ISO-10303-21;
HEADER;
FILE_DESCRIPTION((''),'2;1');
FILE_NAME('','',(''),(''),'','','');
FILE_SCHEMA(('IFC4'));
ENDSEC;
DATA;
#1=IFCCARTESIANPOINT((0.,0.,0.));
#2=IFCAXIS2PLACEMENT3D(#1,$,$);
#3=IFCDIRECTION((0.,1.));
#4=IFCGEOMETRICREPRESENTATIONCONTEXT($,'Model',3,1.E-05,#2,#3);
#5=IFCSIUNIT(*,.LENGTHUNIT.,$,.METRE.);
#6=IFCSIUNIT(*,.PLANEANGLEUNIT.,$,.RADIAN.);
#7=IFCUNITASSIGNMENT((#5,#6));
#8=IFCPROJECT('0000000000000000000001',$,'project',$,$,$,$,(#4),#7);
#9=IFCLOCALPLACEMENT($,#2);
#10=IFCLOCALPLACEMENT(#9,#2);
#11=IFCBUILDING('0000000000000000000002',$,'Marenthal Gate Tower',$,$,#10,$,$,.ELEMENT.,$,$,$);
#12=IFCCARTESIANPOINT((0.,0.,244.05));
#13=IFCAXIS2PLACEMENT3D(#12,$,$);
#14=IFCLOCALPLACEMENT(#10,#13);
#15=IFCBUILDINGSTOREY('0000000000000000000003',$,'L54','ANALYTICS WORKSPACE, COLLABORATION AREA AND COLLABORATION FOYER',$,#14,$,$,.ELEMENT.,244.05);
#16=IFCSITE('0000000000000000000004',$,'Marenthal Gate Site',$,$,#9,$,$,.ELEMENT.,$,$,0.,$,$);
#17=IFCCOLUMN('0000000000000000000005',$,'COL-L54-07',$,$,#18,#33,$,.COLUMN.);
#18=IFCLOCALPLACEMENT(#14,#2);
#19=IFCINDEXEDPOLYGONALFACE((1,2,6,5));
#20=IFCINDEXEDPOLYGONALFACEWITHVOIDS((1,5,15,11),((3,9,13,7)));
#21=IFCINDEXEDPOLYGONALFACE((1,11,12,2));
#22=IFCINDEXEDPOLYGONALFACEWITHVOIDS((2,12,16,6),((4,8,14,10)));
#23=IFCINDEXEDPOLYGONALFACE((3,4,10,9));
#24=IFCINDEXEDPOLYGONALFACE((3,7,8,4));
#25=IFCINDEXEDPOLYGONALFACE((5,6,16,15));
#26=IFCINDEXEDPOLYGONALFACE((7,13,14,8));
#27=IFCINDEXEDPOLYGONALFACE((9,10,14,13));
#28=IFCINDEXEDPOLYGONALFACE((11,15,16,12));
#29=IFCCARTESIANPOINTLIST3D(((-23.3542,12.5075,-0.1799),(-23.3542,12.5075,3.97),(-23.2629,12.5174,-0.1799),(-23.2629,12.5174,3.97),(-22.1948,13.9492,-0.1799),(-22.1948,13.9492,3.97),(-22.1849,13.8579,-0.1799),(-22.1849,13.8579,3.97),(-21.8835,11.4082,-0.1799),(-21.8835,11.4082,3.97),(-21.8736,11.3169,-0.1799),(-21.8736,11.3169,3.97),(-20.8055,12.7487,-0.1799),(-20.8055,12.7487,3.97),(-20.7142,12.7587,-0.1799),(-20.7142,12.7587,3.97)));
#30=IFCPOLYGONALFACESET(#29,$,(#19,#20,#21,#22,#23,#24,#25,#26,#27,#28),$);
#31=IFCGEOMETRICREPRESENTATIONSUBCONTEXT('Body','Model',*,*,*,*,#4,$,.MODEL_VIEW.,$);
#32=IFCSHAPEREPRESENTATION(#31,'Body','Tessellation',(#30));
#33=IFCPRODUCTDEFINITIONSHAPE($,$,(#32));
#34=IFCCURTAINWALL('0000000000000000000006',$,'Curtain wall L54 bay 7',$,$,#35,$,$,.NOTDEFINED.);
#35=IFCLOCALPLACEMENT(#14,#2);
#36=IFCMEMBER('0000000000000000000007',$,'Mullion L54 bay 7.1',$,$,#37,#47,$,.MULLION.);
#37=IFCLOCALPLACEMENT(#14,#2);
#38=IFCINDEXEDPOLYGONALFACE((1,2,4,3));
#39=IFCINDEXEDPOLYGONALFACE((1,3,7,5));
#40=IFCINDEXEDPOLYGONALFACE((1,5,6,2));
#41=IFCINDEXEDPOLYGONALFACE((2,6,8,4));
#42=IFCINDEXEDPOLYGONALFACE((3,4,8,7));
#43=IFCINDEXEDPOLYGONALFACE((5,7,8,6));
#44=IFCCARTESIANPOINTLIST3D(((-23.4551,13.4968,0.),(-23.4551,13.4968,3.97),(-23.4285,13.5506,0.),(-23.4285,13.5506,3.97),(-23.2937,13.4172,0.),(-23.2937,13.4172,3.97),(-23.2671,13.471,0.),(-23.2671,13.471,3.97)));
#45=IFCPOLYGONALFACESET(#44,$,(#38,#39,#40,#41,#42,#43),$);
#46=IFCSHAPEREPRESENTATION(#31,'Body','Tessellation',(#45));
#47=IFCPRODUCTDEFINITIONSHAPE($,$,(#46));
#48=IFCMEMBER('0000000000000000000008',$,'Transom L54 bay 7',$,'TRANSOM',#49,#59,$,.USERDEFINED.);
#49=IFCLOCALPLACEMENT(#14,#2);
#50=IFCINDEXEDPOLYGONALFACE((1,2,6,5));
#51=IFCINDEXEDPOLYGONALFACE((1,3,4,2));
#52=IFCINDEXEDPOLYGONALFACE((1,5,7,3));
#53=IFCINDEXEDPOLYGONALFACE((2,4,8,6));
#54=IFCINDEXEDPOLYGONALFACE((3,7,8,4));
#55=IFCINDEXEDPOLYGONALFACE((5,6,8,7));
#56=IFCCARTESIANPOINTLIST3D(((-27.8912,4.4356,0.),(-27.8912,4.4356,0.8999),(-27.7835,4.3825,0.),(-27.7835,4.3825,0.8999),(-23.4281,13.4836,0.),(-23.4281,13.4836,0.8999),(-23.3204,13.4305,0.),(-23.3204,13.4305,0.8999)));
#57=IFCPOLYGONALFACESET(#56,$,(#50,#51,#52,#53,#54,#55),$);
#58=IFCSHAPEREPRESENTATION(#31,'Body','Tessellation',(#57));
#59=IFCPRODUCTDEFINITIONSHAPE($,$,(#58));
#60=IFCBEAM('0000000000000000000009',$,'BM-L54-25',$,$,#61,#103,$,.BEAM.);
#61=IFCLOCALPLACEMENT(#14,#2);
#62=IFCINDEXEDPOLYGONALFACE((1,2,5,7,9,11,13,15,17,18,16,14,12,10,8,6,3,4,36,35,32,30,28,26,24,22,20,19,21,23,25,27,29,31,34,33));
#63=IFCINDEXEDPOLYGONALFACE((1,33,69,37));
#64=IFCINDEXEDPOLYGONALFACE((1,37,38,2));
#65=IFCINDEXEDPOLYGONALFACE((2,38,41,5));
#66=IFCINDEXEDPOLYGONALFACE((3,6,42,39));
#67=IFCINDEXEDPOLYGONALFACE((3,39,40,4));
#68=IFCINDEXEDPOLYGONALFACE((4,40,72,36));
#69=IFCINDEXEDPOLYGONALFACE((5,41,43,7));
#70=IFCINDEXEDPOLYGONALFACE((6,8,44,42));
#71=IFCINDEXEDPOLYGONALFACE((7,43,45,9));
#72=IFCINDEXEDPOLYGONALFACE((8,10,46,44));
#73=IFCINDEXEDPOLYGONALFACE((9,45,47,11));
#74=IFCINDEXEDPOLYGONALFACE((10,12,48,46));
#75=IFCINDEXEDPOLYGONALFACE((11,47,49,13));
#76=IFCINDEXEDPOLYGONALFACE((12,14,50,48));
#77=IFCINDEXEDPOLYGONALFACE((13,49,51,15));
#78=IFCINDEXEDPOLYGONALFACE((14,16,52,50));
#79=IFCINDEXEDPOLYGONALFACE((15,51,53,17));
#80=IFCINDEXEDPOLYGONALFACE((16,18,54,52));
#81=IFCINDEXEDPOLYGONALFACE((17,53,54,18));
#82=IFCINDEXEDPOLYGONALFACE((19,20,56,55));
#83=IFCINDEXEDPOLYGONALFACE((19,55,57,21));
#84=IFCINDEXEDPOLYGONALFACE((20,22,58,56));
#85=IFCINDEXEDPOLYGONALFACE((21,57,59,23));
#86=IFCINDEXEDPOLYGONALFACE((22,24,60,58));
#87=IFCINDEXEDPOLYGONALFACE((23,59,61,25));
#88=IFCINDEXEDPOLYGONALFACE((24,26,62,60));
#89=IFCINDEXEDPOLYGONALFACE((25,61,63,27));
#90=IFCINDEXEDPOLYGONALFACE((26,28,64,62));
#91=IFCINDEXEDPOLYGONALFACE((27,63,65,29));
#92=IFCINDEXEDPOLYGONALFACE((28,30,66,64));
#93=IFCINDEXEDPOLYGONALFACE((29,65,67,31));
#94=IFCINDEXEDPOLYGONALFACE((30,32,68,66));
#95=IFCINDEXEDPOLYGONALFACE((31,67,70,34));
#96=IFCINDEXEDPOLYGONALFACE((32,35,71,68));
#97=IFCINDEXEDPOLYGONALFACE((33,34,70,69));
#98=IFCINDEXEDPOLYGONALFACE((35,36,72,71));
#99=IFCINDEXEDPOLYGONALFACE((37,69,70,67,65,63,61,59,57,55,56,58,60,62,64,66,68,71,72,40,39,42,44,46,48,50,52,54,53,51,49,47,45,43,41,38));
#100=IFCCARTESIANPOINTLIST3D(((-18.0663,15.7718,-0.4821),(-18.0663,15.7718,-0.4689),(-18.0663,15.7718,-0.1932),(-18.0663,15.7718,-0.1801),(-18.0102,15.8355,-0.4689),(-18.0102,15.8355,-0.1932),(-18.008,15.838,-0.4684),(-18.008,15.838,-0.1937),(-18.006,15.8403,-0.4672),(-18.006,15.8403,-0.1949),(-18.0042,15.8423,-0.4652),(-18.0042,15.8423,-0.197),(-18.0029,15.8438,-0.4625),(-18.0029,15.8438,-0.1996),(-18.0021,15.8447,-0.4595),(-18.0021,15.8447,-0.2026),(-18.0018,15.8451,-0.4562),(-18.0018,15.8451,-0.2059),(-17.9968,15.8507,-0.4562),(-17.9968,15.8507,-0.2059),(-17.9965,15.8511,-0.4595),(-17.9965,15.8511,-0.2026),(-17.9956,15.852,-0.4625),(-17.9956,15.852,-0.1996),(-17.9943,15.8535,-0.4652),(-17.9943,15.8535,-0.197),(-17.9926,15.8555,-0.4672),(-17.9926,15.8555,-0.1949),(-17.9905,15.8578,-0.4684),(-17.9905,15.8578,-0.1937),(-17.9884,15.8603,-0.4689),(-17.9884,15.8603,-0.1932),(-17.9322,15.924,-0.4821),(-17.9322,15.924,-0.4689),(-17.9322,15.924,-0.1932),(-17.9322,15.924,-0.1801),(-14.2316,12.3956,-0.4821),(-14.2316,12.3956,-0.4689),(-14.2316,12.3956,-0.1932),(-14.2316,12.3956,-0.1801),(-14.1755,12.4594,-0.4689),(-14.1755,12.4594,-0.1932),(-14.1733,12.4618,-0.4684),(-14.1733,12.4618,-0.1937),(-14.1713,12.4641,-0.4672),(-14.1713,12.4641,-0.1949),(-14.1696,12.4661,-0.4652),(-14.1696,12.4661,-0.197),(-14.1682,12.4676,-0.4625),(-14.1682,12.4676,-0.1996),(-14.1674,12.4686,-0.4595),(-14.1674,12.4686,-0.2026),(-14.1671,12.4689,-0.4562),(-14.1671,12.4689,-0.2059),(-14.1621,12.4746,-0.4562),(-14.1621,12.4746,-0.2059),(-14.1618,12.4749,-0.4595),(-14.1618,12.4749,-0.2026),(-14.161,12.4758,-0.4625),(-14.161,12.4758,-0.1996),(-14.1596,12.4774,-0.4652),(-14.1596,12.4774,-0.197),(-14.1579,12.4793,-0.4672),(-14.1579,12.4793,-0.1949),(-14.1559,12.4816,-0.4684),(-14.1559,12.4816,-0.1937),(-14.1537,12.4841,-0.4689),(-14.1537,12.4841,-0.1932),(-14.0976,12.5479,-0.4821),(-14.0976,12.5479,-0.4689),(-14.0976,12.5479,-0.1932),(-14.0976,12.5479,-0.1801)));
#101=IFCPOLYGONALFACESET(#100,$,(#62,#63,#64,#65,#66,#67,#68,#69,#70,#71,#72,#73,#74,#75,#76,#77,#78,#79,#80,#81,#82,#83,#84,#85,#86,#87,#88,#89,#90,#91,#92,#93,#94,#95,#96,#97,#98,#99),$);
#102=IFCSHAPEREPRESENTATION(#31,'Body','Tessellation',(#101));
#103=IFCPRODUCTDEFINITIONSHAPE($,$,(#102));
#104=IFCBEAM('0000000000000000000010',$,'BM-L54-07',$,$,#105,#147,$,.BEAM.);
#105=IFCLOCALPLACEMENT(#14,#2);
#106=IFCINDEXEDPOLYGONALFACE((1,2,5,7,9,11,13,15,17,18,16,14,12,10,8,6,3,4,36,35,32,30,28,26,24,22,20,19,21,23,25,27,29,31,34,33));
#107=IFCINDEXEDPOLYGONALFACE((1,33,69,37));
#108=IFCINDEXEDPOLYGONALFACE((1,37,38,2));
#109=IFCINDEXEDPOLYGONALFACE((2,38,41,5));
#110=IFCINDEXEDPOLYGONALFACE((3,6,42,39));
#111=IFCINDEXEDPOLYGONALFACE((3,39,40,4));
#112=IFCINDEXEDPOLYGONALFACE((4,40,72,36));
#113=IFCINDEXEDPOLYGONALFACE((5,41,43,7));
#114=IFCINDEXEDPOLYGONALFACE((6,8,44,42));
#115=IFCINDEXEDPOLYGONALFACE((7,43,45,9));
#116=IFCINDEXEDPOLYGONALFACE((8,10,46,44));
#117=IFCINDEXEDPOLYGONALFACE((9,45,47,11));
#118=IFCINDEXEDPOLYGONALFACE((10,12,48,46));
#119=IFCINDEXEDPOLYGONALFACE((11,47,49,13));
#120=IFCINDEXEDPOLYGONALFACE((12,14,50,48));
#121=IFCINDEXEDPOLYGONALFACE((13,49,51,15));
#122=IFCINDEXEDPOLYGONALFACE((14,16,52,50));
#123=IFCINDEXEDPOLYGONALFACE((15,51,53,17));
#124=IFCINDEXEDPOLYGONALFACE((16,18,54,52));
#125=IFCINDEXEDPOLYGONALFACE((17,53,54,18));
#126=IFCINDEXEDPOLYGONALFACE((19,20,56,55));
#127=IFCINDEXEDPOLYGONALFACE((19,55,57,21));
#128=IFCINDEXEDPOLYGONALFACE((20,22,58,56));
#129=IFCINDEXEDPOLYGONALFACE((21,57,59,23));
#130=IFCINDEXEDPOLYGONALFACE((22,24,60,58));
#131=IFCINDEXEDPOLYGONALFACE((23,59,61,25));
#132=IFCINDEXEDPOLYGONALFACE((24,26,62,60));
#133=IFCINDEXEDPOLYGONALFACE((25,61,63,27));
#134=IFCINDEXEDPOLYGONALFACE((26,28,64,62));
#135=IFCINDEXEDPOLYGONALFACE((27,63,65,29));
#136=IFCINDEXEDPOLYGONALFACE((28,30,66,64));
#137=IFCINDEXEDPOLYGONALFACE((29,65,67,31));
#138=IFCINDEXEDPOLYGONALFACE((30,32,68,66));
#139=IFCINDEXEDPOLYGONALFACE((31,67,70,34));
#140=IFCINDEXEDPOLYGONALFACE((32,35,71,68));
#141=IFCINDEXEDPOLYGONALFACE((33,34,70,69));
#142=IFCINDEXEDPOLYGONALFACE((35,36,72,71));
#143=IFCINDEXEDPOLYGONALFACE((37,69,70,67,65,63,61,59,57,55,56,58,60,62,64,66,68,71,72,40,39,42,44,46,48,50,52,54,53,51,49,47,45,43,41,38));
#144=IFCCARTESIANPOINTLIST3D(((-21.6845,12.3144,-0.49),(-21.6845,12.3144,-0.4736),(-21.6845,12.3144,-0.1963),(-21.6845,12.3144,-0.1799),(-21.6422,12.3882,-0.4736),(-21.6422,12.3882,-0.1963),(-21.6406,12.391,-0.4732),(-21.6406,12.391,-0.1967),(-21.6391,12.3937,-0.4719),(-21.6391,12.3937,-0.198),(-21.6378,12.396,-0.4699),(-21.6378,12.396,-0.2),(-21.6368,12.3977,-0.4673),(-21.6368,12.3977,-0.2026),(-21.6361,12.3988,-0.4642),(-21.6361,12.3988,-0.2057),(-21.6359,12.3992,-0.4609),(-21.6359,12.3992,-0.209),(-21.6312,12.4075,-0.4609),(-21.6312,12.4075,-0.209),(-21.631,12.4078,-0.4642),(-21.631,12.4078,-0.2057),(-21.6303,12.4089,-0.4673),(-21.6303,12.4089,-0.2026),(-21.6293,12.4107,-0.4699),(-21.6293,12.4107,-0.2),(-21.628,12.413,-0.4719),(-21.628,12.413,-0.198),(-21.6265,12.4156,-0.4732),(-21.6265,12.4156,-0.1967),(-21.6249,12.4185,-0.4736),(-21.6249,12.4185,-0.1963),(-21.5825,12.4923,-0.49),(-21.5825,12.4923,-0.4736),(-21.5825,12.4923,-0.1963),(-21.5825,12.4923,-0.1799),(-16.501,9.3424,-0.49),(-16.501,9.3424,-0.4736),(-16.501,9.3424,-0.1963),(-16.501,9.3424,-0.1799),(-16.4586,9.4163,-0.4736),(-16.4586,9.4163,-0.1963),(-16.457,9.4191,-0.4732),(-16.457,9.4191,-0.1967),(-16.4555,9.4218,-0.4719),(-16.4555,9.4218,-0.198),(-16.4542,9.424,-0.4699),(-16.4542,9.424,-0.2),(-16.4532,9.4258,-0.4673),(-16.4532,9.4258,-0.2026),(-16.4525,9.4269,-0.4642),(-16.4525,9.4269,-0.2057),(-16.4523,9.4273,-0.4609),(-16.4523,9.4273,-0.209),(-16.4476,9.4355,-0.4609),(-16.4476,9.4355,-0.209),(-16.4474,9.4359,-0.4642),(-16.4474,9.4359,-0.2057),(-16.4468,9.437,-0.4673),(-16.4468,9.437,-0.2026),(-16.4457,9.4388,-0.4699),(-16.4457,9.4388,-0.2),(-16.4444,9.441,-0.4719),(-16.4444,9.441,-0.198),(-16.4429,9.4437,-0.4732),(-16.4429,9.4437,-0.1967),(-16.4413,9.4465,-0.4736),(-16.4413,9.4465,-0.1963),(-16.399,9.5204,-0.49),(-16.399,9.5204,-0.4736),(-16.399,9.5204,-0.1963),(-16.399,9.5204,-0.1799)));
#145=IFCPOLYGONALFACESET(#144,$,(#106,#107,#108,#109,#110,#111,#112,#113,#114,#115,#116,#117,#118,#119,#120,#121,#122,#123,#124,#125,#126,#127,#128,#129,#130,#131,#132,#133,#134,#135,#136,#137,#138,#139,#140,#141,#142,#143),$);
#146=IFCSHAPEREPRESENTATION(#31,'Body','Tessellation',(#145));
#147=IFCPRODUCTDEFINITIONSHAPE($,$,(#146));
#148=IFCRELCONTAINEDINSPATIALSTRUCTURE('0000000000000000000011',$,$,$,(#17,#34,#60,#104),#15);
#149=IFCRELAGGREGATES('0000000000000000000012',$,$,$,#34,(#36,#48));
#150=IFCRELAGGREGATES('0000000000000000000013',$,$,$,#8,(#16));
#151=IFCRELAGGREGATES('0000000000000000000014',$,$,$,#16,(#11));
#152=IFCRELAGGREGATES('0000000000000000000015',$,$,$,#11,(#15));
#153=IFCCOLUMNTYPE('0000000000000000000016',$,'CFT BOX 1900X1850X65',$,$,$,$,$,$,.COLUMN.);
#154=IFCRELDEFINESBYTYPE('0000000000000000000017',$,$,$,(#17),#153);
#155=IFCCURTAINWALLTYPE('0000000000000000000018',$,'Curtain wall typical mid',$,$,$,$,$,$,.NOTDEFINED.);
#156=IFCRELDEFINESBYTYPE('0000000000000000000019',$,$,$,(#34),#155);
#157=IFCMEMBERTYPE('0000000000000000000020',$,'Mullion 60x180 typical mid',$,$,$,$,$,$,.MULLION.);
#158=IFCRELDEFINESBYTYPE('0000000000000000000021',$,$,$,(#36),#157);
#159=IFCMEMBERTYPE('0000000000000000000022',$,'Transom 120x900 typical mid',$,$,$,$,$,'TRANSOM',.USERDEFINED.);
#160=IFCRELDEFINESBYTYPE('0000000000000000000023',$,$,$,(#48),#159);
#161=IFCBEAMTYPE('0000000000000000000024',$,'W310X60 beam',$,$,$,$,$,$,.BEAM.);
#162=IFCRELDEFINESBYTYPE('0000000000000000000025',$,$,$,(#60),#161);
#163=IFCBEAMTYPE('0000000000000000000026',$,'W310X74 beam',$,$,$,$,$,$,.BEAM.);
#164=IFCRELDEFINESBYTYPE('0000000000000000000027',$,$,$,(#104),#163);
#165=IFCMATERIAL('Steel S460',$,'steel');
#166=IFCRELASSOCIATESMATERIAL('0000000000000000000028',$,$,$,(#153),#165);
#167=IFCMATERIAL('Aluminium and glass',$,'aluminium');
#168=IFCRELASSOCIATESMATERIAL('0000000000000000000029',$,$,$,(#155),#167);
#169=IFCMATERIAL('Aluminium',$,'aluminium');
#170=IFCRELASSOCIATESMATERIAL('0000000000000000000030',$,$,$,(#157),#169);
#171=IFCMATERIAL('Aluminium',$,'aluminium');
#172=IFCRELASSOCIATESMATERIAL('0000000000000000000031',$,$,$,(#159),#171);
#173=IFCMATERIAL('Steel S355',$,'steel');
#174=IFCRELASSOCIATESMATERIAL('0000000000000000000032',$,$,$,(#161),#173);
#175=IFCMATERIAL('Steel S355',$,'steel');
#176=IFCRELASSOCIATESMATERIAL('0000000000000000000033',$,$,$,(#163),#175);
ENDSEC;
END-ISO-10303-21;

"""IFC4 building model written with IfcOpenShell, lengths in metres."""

from ifc_helpers import new_model, si_unit, direction, frame, origin, origin_2d, place, context, subcontext, project, spatial, rectangle, hollow_rectangle, i_section, extrude, material, material_profile, profile_set, type_object, element, aggregate, save


model = new_model("IFC4")

# Units and contexts
model_context = context("Model", 3, precision=1e-05, world=origin(), true_north=direction((0.0, 1.0)))
body_context = subcontext(model_context, "Body", "Model", "MODEL_VIEW")
ifc_project = project(units=[si_unit("LENGTHUNIT", "METRE"), si_unit("PLANEANGLEUNIT", "RADIAN")], contexts=[model_context])

# Site, building, storey
site_placement = place(None, origin())
site = spatial("IfcSite", under=ifc_project, at=site_placement, Name="Marenthal Gate Site", CompositionType="ELEMENT", RefElevation=0.0)
building_placement = place(site_placement, origin())
building = spatial("IfcBuilding", under=site, at=building_placement, Name="Marenthal Gate Tower", CompositionType="ELEMENT")
storey_placement = place(building_placement, frame((0.0, 0.0, 244.05)))
storey = spatial("IfcBuildingStorey", under=building, at=storey_placement, Name="L54", Description="ANALYTICS WORKSPACE, COLLABORATION AREA AND COLLABORATION FOYER", CompositionType="ELEMENT", Elevation=244.05)

# Column
ifc_material_1 = material(Name="Steel S460", Category="steel")
ifc_material_profile_1 = material_profile(ifc_material_1, hollow_rectangle(XDim=1.8501, YDim=1.8999, WallThickness=0.0649, at=origin_2d()), Name="CFT BOX 1900X1850X65")
ifc_material_2 = material(Name="Concrete 70 MPa", Category="concrete")
ifc_material_profile_2 = material_profile(ifc_material_2, rectangle(XDim=1.72, YDim=1.77, at=origin_2d()), Name="CFT BOX 1900X1850X65 INFILL")
ifc_profile_set_1 = profile_set([ifc_material_profile_1, ifc_material_profile_2], Name="Steel S460 shell, Concrete 70 MPa infill")
column_type = type_object("IfcColumnType", Name="CFT BOX 1900X1850X65", PredefinedType="COLUMN", material=ifc_profile_set_1)
column_placement = place(storey_placement, frame((-22.0342, 12.6331, -0.1799), z_axis=(0.0, 0.0, 1.0), x_axis=(0.626651, 0.7793, 0.0)))
element("IfcColumn", 1, at=column_placement, inside=storey, type_object=column_type, Name="COL-L54-07", PredefinedType="COLUMN", context=body_context, shape_type="SweptSolid", body=[
    extrude(hollow_rectangle(XDim=1.8501, YDim=1.8999, WallThickness=0.0649, at=origin_2d()), origin(), (0.0, 0.0, 1.0), 4.1499),
])

# Curtain wall, members
ifc_material_3 = material(Name="Aluminium and glass", Category="aluminium")
curtain_wall_type = type_object("IfcCurtainWallType", Name="Curtain wall typical mid", PredefinedType="NOTDEFINED", material=ifc_material_3)
curtain_wall_placement = place(storey_placement, origin())
curtain_wall = element("IfcCurtainWall", 2, at=curtain_wall_placement, inside=storey, type_object=curtain_wall_type, Name="Curtain wall L54 bay 7", PredefinedType="NOTDEFINED")
ifc_material_4 = material(Name="Aluminium", Category="aluminium")
ifc_material_profile_3 = material_profile(ifc_material_4, rectangle(XDim=0.1799, YDim=0.0601, at=origin_2d()), Name="60x180 aluminium mullion")
ifc_profile_set_2 = profile_set([ifc_material_profile_3], Name="Aluminium")
member_type_1 = type_object("IfcMemberType", Name="Mullion 60x180 typical mid", PredefinedType="MULLION", material=ifc_profile_set_2)
member_1_placement = place(storey_placement, frame((-23.3611, 13.4839, 0.0), z_axis=(0.0, 0.0, 1.0), x_axis=(0.896835, -0.442364, 0.0)))
member_1 = element("IfcMember", 3, at=member_1_placement, type_object=member_type_1, Name="Mullion L54 bay 7.1", PredefinedType="MULLION", context=body_context, shape_type="SweptSolid", body=[
    extrude(rectangle(XDim=0.1799, YDim=0.0601, at=origin_2d()), origin(), (0.0, 0.0, 1.0), 3.97),
])
ifc_material_5 = material(Name="Aluminium", Category="aluminium")
ifc_material_profile_4 = material_profile(ifc_material_5, rectangle(XDim=0.1201, YDim=0.8999, at=origin_2d()), Name="120x900 aluminium transom")
ifc_profile_set_3 = profile_set([ifc_material_profile_4], Name="Aluminium")
member_type_2 = type_object("IfcMemberType", Name="Transom 120x900 typical mid", ElementType="TRANSOM", PredefinedType="USERDEFINED", material=ifc_profile_set_3)
member_2_placement = place(storey_placement, frame((-23.3743, 13.457, 0.45), z_axis=(-0.442377, -0.896829, 0.0), x_axis=(0.896829, -0.442377, 0.0)))
member_2 = element("IfcMember", 4, at=member_2_placement, type_object=member_type_2, Name="Transom L54 bay 7", ObjectType="TRANSOM", PredefinedType="USERDEFINED", context=body_context, shape_type="SweptSolid", body=[
    extrude(rectangle(XDim=0.1201, YDim=0.8999, at=origin_2d()), origin(), (0.0, 0.0, 1.0), 10.0889),
])

# Beams
ifc_material_6 = material(Name="Steel S355", Category="steel")
ifc_material_profile_5 = material_profile(ifc_material_6, i_section(OverallWidth=0.2029, OverallDepth=0.302, WebThickness=0.0076, FlangeThickness=0.0132, FilletRadius=0.0127, at=origin_2d()), Name="W310X60")
ifc_profile_set_4 = profile_set([ifc_material_profile_5], Name="Steel S355")
beam_type_1 = type_object("IfcBeamType", Name="W310X60 beam", PredefinedType="BEAM", material=ifc_profile_set_4)
beam_1_placement = place(storey_placement, frame((-17.9993, 15.8479, -0.3311), z_axis=(0.750551, -0.660812, 0.0), x_axis=(0.660812, 0.750551, 0.0)))
element("IfcBeam", 5, at=beam_1_placement, inside=storey, type_object=beam_type_1, Name="BM-L54-25", PredefinedType="BEAM", context=body_context, shape_type="SweptSolid", body=[
    extrude(i_section(OverallWidth=0.2029, OverallDepth=0.302, WebThickness=0.0076, FlangeThickness=0.0132, FilletRadius=0.0127, at=origin_2d()), origin(), (0.0, 0.0, 1.0), 5.1091),
])
ifc_material_7 = material(Name="Steel S355", Category="steel")
ifc_material_profile_6 = material_profile(ifc_material_7, i_section(OverallWidth=0.2051, OverallDepth=0.3101, WebThickness=0.0095, FlangeThickness=0.0164, FilletRadius=0.0127, at=origin_2d()), Name="W310X74")
ifc_profile_set_5 = profile_set([ifc_material_profile_6], Name="Steel S355")
beam_type_2 = type_object("IfcBeamType", Name="W310X74 beam", PredefinedType="BEAM", material=ifc_profile_set_5)
beam_2_placement = place(storey_placement, frame((-21.6335, 12.4033, -0.335), z_axis=(0.867531, -0.497384, 0.0), x_axis=(0.497384, 0.867531, 0.0)))
element("IfcBeam", 6, at=beam_2_placement, inside=storey, type_object=beam_type_2, Name="BM-L54-07", PredefinedType="BEAM", context=body_context, shape_type="SweptSolid", body=[
    extrude(i_section(OverallWidth=0.2051, OverallDepth=0.3101, WebThickness=0.0095, FlangeThickness=0.0164, FilletRadius=0.0127, at=origin_2d()), origin(), (0.0, 0.0, 1.0), 5.9751),
])

aggregate(curtain_wall, [member_1, member_2])

save(model, "model.ifc")
